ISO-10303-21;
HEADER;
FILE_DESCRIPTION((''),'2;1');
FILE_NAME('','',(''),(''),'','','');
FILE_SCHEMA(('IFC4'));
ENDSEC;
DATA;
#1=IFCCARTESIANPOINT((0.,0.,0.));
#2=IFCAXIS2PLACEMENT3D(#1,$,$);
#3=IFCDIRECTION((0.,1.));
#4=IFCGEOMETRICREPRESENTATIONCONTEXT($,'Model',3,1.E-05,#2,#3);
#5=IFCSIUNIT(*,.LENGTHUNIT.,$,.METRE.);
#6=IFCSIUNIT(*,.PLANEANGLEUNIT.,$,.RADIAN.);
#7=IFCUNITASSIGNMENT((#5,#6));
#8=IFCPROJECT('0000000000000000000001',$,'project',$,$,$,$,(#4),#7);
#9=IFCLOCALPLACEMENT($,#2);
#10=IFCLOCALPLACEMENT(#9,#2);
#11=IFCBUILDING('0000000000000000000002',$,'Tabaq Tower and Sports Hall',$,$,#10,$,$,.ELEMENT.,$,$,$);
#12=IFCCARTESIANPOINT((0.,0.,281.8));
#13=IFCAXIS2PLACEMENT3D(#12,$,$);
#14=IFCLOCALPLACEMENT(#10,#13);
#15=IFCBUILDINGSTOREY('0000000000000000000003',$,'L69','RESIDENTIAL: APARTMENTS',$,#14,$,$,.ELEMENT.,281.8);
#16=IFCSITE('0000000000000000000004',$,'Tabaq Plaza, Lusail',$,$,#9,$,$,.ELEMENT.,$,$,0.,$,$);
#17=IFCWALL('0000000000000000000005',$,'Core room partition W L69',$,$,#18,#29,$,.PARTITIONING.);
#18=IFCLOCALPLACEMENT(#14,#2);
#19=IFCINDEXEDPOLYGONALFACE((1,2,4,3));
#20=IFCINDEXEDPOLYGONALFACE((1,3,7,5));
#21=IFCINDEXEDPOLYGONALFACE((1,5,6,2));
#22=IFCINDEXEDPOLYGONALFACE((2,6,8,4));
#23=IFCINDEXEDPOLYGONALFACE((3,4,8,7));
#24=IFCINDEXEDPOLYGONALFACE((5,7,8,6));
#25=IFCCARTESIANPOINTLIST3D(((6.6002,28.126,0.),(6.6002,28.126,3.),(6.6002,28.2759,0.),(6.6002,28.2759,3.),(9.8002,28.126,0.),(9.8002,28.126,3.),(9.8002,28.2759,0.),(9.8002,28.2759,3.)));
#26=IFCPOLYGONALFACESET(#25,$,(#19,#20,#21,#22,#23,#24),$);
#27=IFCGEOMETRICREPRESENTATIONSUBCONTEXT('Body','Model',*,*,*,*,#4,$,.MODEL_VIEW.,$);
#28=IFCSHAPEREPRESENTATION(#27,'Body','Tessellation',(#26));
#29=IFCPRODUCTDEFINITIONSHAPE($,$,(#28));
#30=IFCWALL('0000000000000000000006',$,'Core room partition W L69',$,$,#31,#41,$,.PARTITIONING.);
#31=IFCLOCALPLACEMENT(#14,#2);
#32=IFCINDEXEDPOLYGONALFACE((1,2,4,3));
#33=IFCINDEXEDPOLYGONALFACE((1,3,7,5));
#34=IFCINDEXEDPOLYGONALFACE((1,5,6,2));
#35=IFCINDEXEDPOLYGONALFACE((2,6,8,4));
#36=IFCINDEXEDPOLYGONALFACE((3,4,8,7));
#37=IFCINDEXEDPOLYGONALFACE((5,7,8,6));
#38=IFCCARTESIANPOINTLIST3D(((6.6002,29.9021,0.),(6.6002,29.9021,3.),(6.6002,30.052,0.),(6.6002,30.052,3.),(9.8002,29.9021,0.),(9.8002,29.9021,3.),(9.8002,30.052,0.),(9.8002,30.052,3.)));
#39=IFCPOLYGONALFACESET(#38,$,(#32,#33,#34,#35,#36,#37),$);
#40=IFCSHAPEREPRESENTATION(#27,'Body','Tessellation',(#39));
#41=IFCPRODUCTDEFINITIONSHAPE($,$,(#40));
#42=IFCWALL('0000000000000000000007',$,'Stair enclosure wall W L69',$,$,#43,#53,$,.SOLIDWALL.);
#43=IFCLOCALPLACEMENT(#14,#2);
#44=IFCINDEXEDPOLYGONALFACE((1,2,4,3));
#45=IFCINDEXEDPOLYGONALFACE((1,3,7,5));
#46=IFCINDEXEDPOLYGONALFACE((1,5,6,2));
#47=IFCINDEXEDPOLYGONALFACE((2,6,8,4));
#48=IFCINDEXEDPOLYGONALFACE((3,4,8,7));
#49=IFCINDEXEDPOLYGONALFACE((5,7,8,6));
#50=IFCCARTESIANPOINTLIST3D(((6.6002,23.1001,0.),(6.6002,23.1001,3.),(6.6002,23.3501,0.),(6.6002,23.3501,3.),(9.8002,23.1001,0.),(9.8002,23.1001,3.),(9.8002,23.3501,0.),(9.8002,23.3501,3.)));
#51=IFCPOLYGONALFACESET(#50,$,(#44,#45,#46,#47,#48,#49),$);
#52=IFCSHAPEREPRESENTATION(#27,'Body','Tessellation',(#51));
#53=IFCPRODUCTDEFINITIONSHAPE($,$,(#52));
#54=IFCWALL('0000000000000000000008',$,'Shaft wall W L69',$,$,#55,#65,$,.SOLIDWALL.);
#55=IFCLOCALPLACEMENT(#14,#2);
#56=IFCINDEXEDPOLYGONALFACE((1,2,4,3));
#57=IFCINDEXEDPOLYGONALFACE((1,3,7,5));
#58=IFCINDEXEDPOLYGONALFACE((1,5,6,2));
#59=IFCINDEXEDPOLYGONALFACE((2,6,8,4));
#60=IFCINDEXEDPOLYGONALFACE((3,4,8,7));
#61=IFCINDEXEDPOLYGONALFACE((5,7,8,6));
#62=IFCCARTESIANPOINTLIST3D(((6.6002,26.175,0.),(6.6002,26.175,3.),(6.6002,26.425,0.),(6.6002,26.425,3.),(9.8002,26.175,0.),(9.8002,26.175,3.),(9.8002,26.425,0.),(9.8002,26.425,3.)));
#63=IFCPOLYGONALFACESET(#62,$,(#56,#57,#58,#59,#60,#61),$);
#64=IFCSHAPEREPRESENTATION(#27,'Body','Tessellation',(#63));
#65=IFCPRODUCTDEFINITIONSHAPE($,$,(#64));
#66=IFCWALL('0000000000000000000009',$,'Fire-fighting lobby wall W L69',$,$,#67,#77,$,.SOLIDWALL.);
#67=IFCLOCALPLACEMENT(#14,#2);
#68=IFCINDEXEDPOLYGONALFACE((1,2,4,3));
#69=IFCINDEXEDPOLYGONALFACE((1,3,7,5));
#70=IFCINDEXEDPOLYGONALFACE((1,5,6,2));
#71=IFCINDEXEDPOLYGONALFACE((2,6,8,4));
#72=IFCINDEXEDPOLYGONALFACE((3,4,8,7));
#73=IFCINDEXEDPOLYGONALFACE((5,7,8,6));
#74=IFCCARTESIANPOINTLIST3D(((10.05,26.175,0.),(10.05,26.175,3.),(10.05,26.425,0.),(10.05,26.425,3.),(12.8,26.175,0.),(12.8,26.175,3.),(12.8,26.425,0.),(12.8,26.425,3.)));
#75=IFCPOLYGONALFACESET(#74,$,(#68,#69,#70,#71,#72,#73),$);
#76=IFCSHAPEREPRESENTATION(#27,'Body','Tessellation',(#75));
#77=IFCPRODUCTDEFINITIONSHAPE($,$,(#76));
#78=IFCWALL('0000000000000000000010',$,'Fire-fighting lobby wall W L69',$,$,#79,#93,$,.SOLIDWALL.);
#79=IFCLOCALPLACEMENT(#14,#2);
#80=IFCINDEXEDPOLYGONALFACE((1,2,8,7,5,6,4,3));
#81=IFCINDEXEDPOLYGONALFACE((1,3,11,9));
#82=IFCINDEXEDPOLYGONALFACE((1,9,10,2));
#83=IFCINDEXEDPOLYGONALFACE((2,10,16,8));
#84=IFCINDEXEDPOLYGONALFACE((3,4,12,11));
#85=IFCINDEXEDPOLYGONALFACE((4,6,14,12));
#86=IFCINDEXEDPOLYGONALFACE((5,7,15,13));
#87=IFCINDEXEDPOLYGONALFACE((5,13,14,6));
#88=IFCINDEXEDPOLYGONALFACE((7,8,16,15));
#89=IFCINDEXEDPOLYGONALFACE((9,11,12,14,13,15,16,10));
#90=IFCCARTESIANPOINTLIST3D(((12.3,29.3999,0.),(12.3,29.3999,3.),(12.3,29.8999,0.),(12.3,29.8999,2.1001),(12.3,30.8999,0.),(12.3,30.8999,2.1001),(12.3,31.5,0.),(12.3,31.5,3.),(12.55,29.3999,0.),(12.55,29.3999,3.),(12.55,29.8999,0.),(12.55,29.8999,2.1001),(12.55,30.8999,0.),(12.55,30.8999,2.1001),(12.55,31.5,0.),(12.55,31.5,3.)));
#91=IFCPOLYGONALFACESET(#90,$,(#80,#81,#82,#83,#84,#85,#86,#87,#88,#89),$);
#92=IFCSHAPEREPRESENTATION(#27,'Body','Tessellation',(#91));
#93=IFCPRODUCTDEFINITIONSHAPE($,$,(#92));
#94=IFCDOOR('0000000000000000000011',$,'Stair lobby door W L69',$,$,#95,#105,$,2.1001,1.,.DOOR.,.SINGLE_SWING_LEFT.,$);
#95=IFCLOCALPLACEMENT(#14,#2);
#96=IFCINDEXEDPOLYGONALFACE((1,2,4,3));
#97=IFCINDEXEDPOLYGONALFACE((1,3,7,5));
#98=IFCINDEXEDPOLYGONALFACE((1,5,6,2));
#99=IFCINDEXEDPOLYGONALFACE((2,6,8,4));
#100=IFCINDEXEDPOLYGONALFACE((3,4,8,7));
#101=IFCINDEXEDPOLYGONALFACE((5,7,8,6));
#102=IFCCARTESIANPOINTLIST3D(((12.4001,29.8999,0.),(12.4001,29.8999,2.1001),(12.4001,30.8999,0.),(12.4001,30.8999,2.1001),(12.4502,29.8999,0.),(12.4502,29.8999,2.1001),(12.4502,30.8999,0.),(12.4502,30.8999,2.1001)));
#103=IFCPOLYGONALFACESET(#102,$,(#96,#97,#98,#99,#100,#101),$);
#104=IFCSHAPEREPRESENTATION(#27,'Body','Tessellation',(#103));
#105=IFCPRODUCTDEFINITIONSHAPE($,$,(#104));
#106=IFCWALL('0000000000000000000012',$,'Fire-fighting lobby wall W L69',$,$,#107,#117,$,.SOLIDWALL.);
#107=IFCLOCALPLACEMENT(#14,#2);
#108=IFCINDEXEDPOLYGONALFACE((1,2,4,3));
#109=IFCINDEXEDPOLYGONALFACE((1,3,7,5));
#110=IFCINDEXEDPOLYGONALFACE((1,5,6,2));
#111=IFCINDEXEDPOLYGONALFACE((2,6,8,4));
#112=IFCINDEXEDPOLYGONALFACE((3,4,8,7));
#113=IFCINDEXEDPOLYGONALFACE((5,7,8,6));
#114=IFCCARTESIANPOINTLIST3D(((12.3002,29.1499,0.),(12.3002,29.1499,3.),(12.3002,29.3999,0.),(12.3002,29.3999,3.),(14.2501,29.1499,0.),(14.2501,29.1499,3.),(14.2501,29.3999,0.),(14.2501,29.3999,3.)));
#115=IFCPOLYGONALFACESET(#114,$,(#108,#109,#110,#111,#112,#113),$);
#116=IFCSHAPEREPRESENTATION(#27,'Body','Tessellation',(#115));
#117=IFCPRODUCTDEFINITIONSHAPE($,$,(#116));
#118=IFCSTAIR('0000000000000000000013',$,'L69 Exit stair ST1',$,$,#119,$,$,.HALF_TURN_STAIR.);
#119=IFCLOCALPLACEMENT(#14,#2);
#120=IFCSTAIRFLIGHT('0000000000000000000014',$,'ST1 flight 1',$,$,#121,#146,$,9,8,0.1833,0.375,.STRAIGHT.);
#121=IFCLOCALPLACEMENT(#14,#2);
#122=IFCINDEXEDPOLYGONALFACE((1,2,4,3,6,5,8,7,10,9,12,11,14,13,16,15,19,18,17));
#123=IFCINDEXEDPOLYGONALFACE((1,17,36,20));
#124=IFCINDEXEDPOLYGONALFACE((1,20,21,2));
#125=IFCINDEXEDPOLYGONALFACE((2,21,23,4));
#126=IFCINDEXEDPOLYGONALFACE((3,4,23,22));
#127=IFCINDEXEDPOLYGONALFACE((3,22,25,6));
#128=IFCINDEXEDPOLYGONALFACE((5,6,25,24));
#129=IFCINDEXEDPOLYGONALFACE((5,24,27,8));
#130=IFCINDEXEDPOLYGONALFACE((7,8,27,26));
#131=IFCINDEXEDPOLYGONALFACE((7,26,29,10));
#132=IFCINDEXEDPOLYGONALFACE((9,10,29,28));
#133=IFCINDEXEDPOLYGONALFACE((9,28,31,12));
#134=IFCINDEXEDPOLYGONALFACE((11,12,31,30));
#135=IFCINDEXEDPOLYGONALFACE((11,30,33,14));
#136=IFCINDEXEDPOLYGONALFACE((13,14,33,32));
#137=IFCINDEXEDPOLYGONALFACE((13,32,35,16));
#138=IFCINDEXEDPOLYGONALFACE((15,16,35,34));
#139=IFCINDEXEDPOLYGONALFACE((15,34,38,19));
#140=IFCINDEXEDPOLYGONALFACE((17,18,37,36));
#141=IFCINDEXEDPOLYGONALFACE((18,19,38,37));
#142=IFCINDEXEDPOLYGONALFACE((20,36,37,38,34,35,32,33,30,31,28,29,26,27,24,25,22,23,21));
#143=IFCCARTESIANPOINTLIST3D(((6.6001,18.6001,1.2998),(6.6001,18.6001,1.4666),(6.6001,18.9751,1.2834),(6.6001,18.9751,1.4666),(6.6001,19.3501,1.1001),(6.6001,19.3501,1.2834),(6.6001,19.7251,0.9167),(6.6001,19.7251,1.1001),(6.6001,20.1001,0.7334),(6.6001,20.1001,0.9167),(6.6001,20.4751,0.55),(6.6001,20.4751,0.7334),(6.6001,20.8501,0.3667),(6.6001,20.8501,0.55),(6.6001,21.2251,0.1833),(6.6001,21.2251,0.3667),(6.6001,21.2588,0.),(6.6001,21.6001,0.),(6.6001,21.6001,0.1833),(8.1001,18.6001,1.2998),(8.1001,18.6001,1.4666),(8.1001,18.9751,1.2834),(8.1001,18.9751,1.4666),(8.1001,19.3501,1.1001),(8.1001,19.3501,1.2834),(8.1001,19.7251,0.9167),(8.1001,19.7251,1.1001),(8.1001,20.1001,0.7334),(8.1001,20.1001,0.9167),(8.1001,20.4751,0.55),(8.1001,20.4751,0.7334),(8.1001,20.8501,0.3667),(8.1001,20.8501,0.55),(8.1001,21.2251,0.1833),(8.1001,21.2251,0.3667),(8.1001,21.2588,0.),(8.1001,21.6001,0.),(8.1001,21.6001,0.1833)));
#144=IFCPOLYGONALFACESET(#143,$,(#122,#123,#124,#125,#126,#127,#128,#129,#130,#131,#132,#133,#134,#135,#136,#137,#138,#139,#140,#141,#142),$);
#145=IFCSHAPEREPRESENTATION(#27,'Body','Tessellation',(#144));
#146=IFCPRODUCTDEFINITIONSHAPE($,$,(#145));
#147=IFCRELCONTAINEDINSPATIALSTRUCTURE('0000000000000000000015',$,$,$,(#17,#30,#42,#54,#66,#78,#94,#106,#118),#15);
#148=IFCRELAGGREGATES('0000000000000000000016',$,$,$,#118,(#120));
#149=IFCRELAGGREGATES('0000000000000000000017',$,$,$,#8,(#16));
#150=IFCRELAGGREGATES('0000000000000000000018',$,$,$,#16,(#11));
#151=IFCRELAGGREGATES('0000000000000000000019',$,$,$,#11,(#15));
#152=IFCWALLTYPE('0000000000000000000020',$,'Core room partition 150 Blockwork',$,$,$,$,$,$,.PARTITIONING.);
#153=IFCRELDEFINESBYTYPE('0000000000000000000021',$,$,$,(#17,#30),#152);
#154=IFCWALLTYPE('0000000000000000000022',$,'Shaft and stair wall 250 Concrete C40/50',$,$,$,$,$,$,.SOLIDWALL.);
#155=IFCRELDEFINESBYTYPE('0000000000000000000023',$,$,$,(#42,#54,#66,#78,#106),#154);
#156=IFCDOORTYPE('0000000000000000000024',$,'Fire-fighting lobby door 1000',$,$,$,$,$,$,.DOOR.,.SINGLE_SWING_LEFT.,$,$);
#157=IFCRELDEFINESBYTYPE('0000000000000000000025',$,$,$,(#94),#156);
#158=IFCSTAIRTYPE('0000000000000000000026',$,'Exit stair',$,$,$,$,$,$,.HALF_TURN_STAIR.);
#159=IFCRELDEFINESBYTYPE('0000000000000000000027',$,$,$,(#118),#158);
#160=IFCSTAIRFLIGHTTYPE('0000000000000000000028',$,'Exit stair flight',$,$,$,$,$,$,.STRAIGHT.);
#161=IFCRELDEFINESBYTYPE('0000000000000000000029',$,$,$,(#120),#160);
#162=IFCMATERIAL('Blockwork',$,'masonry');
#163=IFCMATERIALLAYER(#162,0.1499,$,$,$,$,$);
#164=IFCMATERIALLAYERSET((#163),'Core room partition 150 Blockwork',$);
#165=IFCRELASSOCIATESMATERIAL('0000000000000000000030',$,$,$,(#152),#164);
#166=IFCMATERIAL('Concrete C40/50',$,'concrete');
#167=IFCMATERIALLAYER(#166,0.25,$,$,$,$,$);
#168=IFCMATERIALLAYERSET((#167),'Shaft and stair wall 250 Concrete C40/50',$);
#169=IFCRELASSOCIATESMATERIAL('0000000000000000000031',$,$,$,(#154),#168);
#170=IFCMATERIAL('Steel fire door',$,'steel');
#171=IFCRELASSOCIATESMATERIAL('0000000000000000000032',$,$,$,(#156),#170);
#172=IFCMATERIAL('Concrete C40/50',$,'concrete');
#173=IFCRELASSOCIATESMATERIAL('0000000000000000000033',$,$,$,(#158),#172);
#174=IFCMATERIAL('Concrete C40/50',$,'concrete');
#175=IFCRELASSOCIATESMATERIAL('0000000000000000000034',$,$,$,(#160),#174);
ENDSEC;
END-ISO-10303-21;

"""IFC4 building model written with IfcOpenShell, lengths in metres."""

from ifc_helpers import new_model, si_unit, direction, frame, frame_2d, origin, place, context, subcontext, project, spatial, polyline, rectangle, outline, extrude, material, layer, layer_set, type_object, element, fill, aggregate, save


model = new_model("IFC4")

# Units and contexts
model_context = context("Model", 3, precision=1e-05, world=origin(), true_north=direction((0.0, 1.0)))
body_context = subcontext(model_context, "Body", "Model", "MODEL_VIEW")
ifc_project = project(units=[si_unit("LENGTHUNIT", "METRE"), si_unit("PLANEANGLEUNIT", "RADIAN")], contexts=[model_context])

# Site, building, storey
site_placement = place(None, origin())
site = spatial("IfcSite", under=ifc_project, at=site_placement, Name="Tabaq Plaza, Lusail", CompositionType="ELEMENT", RefElevation=0.0)
building_placement = place(site_placement, origin())
building = spatial("IfcBuilding", under=site, at=building_placement, Name="Tabaq Tower and Sports Hall", CompositionType="ELEMENT")
storey_placement = place(building_placement, frame((0.0, 0.0, 281.8)))
storey = spatial("IfcBuildingStorey", under=building, at=storey_placement, Name="L69", Description="RESIDENTIAL: APARTMENTS", CompositionType="ELEMENT", Elevation=281.8)

# Walls
ifc_material_1 = material(Name="Blockwork", Category="masonry")
ifc_layer_1 = layer(ifc_material_1, 0.1499)
ifc_layer_set_1 = layer_set([ifc_layer_1], Name="Core room partition 150 Blockwork")
wall_type_1 = type_object("IfcWallType", Name="Core room partition 150 Blockwork", PredefinedType="PARTITIONING", material=ifc_layer_set_1)
for number, where, z_axis, x_axis, name in (
    (1, (6.6001, 28.2009, 0.0), (0.0, 0.0, 1.0), (1.0, 0.0, 0.0), "Core room partition W L69"),
    (2, (6.6001, 29.9771, 0.0), (0.0, 0.0, 1.0), (1.0, 0.0, 0.0), "Core room partition W L69"),
):
    element("IfcWall", number, at=place(storey_placement, frame(where, z_axis=z_axis, x_axis=x_axis)), inside=storey, type_object=wall_type_1, Name=name, PredefinedType="PARTITIONING", context=body_context, shape_type="SweptSolid", body=[
        extrude(rectangle(XDim=3.2, YDim=0.1499, at=frame_2d((1.6001, 0.0))), origin(), (0.0, 0.0, 1.0), 3.0),
    ])

# Walls
ifc_material_2 = material(Name="Concrete C40/50", Category="concrete")
ifc_layer_2 = layer(ifc_material_2, 0.25)
ifc_layer_set_2 = layer_set([ifc_layer_2], Name="Shaft and stair wall 250 Concrete C40/50")
wall_type_2 = type_object("IfcWallType", Name="Shaft and stair wall 250 Concrete C40/50", PredefinedType="SOLIDWALL", material=ifc_layer_set_2)
for number, where, z_axis, x_axis, name in (
    (3, (6.6001, 23.2251, 0.0), (0.0, 0.0, 1.0), (1.0, 0.0, 0.0), "Stair enclosure wall W L69"),
    (4, (6.6001, 26.3, 0.0), (0.0, 0.0, 1.0), (1.0, 0.0, 0.0), "Shaft wall W L69"),
):
    element("IfcWall", number, at=place(storey_placement, frame(where, z_axis=z_axis, x_axis=x_axis)), inside=storey, type_object=wall_type_2, Name=name, PredefinedType="SOLIDWALL", context=body_context, shape_type="SweptSolid", body=[
        extrude(rectangle(XDim=3.2, YDim=0.25, at=frame_2d((1.6001, 0.0))), origin(), (0.0, 0.0, 1.0), 3.0),
    ])
wall_1_placement = place(storey_placement, frame((10.05, 26.3, 0.0), z_axis=(0.0, 0.0, 1.0), x_axis=(1.0, 0.0, 0.0)))
element("IfcWall", 5, at=wall_1_placement, inside=storey, type_object=wall_type_2, Name="Fire-fighting lobby wall W L69", PredefinedType="SOLIDWALL", context=body_context, shape_type="SweptSolid", body=[
    extrude(rectangle(XDim=2.75, YDim=0.25, at=frame_2d((1.375, 0.0))), origin(), (0.0, 0.0, 1.0), 3.0),
])

# Wall, opening, door
wall_2_placement = place(storey_placement, frame((12.425, 29.3999, 0.0), z_axis=(0.0, 0.0, 1.0), x_axis=(0.0, 1.0, 0.0)))
wall_2 = element("IfcWall", 6, at=wall_2_placement, inside=storey, type_object=wall_type_2, Name="Fire-fighting lobby wall W L69", PredefinedType="SOLIDWALL", context=body_context, shape_type="SweptSolid", body=[
    extrude(rectangle(XDim=2.1001, YDim=0.25, at=frame_2d((1.05, 0.0))), origin(), (0.0, 0.0, 1.0), 3.0),
])
opening_1_placement = place(wall_2_placement, frame((0.5, 0.0, 0.0)))
opening_1 = element("IfcOpeningElement", 7, at=opening_1_placement, cuts=wall_2, PredefinedType="OPENING", context=body_context, shape_type="SweptSolid", body=[
    extrude(rectangle(XDim=1.0, YDim=2.1001, at=frame_2d((0.5, 1.05))), frame((0.0, 0.125, 0.0), z_axis=(0.0, -1.0, 0.0), x_axis=(1.0, 0.0, 0.0)), (0.0, 0.0, 1.0), 0.25),
])
ifc_material_3 = material(Name="Steel fire door", Category="steel")
door_type_1 = type_object("IfcDoorType", Name="Fire-fighting lobby door 1000", OperationType="SINGLE_SWING_LEFT", PredefinedType="DOOR", material=ifc_material_3)
door_1_placement = place(opening_1_placement, origin())
door_1 = element("IfcDoor", 8, at=door_1_placement, inside=storey, type_object=door_type_1, Name="Stair lobby door W L69", OperationType="SINGLE_SWING_LEFT", OverallHeight=2.1001, OverallWidth=1.0, PredefinedType="DOOR", context=body_context, shape_type="SweptSolid", body=[
    extrude(rectangle(XDim=1.0, YDim=2.1001, at=frame_2d((0.5, 1.05))), frame((0.0, 0.0249, 0.0), z_axis=(0.0, -1.0, 0.0), x_axis=(1.0, 0.0, 0.0)), (0.0, 0.0, 1.0), 0.05),
])
fill(opening_1, door_1)

# Wall
wall_3_placement = place(storey_placement, frame((12.3, 29.2749, 0.0), z_axis=(0.0, 0.0, 1.0), x_axis=(1.0, 0.0, 0.0)))
element("IfcWall", 9, at=wall_3_placement, inside=storey, type_object=wall_type_2, Name="Fire-fighting lobby wall W L69", PredefinedType="SOLIDWALL", context=body_context, shape_type="SweptSolid", body=[
    extrude(rectangle(XDim=1.95, YDim=0.25, at=frame_2d((0.9751, 0.0))), origin(), (0.0, 0.0, 1.0), 3.0),
])

# Stair, stair flight
ifc_material_4 = material(Name="Concrete C40/50", Category="concrete")
stair_type = type_object("IfcStairType", Name="Exit stair", PredefinedType="HALF_TURN_STAIR", material=ifc_material_4)
stair_placement = place(storey_placement, origin())
stair = element("IfcStair", 10, at=stair_placement, inside=storey, type_object=stair_type, Name="L69 Exit stair ST1", PredefinedType="HALF_TURN_STAIR")
ifc_material_5 = material(Name="Concrete C40/50", Category="concrete")
stair_flight_type = type_object("IfcStairFlightType", Name="Exit stair flight", PredefinedType="STRAIGHT", material=ifc_material_5)
stair_flight_placement = place(storey_placement, frame((7.3501, 21.6001, 0.0), z_axis=(0.0, 0.0, 1.0), x_axis=(0.0, -1.0, 0.0)))
stair_flight = element("IfcStairFlight", 11, at=stair_flight_placement, type_object=stair_flight_type, Name="ST1 flight 1", NumberOfRisers=9, NumberOfTreads=8, PredefinedType="STRAIGHT", RiserHeight=0.1833, TreadLength=0.375, context=body_context, shape_type="SweptSolid", body=[
    extrude(outline(polyline([(0.0, 0.0), (0.0, 0.1833), (0.375, 0.1833), (0.375, 0.3667), (0.75, 0.3667), (0.75, 0.55), (1.125, 0.55), (1.125, 0.7334), (1.5, 0.7334), (1.5, 0.9167), (1.875, 0.9167), (1.875, 1.1001), (2.25, 1.1001), (2.25, 1.2834), (2.625, 1.2834), (2.625, 1.4666), (3.0, 1.4666), (3.0, 1.6499), (3.0, 1.2998), (0.3413, 0.0), (0.0, 0.0)])), frame((0.0, 0.75, 0.0), z_axis=(0.0, -1.0, 0.0), x_axis=(1.0, 0.0, 0.0)), (0.0, 0.0, 1.0), 1.5),
])
aggregate(stair, [stair_flight])

save(model, "model.ifc")
